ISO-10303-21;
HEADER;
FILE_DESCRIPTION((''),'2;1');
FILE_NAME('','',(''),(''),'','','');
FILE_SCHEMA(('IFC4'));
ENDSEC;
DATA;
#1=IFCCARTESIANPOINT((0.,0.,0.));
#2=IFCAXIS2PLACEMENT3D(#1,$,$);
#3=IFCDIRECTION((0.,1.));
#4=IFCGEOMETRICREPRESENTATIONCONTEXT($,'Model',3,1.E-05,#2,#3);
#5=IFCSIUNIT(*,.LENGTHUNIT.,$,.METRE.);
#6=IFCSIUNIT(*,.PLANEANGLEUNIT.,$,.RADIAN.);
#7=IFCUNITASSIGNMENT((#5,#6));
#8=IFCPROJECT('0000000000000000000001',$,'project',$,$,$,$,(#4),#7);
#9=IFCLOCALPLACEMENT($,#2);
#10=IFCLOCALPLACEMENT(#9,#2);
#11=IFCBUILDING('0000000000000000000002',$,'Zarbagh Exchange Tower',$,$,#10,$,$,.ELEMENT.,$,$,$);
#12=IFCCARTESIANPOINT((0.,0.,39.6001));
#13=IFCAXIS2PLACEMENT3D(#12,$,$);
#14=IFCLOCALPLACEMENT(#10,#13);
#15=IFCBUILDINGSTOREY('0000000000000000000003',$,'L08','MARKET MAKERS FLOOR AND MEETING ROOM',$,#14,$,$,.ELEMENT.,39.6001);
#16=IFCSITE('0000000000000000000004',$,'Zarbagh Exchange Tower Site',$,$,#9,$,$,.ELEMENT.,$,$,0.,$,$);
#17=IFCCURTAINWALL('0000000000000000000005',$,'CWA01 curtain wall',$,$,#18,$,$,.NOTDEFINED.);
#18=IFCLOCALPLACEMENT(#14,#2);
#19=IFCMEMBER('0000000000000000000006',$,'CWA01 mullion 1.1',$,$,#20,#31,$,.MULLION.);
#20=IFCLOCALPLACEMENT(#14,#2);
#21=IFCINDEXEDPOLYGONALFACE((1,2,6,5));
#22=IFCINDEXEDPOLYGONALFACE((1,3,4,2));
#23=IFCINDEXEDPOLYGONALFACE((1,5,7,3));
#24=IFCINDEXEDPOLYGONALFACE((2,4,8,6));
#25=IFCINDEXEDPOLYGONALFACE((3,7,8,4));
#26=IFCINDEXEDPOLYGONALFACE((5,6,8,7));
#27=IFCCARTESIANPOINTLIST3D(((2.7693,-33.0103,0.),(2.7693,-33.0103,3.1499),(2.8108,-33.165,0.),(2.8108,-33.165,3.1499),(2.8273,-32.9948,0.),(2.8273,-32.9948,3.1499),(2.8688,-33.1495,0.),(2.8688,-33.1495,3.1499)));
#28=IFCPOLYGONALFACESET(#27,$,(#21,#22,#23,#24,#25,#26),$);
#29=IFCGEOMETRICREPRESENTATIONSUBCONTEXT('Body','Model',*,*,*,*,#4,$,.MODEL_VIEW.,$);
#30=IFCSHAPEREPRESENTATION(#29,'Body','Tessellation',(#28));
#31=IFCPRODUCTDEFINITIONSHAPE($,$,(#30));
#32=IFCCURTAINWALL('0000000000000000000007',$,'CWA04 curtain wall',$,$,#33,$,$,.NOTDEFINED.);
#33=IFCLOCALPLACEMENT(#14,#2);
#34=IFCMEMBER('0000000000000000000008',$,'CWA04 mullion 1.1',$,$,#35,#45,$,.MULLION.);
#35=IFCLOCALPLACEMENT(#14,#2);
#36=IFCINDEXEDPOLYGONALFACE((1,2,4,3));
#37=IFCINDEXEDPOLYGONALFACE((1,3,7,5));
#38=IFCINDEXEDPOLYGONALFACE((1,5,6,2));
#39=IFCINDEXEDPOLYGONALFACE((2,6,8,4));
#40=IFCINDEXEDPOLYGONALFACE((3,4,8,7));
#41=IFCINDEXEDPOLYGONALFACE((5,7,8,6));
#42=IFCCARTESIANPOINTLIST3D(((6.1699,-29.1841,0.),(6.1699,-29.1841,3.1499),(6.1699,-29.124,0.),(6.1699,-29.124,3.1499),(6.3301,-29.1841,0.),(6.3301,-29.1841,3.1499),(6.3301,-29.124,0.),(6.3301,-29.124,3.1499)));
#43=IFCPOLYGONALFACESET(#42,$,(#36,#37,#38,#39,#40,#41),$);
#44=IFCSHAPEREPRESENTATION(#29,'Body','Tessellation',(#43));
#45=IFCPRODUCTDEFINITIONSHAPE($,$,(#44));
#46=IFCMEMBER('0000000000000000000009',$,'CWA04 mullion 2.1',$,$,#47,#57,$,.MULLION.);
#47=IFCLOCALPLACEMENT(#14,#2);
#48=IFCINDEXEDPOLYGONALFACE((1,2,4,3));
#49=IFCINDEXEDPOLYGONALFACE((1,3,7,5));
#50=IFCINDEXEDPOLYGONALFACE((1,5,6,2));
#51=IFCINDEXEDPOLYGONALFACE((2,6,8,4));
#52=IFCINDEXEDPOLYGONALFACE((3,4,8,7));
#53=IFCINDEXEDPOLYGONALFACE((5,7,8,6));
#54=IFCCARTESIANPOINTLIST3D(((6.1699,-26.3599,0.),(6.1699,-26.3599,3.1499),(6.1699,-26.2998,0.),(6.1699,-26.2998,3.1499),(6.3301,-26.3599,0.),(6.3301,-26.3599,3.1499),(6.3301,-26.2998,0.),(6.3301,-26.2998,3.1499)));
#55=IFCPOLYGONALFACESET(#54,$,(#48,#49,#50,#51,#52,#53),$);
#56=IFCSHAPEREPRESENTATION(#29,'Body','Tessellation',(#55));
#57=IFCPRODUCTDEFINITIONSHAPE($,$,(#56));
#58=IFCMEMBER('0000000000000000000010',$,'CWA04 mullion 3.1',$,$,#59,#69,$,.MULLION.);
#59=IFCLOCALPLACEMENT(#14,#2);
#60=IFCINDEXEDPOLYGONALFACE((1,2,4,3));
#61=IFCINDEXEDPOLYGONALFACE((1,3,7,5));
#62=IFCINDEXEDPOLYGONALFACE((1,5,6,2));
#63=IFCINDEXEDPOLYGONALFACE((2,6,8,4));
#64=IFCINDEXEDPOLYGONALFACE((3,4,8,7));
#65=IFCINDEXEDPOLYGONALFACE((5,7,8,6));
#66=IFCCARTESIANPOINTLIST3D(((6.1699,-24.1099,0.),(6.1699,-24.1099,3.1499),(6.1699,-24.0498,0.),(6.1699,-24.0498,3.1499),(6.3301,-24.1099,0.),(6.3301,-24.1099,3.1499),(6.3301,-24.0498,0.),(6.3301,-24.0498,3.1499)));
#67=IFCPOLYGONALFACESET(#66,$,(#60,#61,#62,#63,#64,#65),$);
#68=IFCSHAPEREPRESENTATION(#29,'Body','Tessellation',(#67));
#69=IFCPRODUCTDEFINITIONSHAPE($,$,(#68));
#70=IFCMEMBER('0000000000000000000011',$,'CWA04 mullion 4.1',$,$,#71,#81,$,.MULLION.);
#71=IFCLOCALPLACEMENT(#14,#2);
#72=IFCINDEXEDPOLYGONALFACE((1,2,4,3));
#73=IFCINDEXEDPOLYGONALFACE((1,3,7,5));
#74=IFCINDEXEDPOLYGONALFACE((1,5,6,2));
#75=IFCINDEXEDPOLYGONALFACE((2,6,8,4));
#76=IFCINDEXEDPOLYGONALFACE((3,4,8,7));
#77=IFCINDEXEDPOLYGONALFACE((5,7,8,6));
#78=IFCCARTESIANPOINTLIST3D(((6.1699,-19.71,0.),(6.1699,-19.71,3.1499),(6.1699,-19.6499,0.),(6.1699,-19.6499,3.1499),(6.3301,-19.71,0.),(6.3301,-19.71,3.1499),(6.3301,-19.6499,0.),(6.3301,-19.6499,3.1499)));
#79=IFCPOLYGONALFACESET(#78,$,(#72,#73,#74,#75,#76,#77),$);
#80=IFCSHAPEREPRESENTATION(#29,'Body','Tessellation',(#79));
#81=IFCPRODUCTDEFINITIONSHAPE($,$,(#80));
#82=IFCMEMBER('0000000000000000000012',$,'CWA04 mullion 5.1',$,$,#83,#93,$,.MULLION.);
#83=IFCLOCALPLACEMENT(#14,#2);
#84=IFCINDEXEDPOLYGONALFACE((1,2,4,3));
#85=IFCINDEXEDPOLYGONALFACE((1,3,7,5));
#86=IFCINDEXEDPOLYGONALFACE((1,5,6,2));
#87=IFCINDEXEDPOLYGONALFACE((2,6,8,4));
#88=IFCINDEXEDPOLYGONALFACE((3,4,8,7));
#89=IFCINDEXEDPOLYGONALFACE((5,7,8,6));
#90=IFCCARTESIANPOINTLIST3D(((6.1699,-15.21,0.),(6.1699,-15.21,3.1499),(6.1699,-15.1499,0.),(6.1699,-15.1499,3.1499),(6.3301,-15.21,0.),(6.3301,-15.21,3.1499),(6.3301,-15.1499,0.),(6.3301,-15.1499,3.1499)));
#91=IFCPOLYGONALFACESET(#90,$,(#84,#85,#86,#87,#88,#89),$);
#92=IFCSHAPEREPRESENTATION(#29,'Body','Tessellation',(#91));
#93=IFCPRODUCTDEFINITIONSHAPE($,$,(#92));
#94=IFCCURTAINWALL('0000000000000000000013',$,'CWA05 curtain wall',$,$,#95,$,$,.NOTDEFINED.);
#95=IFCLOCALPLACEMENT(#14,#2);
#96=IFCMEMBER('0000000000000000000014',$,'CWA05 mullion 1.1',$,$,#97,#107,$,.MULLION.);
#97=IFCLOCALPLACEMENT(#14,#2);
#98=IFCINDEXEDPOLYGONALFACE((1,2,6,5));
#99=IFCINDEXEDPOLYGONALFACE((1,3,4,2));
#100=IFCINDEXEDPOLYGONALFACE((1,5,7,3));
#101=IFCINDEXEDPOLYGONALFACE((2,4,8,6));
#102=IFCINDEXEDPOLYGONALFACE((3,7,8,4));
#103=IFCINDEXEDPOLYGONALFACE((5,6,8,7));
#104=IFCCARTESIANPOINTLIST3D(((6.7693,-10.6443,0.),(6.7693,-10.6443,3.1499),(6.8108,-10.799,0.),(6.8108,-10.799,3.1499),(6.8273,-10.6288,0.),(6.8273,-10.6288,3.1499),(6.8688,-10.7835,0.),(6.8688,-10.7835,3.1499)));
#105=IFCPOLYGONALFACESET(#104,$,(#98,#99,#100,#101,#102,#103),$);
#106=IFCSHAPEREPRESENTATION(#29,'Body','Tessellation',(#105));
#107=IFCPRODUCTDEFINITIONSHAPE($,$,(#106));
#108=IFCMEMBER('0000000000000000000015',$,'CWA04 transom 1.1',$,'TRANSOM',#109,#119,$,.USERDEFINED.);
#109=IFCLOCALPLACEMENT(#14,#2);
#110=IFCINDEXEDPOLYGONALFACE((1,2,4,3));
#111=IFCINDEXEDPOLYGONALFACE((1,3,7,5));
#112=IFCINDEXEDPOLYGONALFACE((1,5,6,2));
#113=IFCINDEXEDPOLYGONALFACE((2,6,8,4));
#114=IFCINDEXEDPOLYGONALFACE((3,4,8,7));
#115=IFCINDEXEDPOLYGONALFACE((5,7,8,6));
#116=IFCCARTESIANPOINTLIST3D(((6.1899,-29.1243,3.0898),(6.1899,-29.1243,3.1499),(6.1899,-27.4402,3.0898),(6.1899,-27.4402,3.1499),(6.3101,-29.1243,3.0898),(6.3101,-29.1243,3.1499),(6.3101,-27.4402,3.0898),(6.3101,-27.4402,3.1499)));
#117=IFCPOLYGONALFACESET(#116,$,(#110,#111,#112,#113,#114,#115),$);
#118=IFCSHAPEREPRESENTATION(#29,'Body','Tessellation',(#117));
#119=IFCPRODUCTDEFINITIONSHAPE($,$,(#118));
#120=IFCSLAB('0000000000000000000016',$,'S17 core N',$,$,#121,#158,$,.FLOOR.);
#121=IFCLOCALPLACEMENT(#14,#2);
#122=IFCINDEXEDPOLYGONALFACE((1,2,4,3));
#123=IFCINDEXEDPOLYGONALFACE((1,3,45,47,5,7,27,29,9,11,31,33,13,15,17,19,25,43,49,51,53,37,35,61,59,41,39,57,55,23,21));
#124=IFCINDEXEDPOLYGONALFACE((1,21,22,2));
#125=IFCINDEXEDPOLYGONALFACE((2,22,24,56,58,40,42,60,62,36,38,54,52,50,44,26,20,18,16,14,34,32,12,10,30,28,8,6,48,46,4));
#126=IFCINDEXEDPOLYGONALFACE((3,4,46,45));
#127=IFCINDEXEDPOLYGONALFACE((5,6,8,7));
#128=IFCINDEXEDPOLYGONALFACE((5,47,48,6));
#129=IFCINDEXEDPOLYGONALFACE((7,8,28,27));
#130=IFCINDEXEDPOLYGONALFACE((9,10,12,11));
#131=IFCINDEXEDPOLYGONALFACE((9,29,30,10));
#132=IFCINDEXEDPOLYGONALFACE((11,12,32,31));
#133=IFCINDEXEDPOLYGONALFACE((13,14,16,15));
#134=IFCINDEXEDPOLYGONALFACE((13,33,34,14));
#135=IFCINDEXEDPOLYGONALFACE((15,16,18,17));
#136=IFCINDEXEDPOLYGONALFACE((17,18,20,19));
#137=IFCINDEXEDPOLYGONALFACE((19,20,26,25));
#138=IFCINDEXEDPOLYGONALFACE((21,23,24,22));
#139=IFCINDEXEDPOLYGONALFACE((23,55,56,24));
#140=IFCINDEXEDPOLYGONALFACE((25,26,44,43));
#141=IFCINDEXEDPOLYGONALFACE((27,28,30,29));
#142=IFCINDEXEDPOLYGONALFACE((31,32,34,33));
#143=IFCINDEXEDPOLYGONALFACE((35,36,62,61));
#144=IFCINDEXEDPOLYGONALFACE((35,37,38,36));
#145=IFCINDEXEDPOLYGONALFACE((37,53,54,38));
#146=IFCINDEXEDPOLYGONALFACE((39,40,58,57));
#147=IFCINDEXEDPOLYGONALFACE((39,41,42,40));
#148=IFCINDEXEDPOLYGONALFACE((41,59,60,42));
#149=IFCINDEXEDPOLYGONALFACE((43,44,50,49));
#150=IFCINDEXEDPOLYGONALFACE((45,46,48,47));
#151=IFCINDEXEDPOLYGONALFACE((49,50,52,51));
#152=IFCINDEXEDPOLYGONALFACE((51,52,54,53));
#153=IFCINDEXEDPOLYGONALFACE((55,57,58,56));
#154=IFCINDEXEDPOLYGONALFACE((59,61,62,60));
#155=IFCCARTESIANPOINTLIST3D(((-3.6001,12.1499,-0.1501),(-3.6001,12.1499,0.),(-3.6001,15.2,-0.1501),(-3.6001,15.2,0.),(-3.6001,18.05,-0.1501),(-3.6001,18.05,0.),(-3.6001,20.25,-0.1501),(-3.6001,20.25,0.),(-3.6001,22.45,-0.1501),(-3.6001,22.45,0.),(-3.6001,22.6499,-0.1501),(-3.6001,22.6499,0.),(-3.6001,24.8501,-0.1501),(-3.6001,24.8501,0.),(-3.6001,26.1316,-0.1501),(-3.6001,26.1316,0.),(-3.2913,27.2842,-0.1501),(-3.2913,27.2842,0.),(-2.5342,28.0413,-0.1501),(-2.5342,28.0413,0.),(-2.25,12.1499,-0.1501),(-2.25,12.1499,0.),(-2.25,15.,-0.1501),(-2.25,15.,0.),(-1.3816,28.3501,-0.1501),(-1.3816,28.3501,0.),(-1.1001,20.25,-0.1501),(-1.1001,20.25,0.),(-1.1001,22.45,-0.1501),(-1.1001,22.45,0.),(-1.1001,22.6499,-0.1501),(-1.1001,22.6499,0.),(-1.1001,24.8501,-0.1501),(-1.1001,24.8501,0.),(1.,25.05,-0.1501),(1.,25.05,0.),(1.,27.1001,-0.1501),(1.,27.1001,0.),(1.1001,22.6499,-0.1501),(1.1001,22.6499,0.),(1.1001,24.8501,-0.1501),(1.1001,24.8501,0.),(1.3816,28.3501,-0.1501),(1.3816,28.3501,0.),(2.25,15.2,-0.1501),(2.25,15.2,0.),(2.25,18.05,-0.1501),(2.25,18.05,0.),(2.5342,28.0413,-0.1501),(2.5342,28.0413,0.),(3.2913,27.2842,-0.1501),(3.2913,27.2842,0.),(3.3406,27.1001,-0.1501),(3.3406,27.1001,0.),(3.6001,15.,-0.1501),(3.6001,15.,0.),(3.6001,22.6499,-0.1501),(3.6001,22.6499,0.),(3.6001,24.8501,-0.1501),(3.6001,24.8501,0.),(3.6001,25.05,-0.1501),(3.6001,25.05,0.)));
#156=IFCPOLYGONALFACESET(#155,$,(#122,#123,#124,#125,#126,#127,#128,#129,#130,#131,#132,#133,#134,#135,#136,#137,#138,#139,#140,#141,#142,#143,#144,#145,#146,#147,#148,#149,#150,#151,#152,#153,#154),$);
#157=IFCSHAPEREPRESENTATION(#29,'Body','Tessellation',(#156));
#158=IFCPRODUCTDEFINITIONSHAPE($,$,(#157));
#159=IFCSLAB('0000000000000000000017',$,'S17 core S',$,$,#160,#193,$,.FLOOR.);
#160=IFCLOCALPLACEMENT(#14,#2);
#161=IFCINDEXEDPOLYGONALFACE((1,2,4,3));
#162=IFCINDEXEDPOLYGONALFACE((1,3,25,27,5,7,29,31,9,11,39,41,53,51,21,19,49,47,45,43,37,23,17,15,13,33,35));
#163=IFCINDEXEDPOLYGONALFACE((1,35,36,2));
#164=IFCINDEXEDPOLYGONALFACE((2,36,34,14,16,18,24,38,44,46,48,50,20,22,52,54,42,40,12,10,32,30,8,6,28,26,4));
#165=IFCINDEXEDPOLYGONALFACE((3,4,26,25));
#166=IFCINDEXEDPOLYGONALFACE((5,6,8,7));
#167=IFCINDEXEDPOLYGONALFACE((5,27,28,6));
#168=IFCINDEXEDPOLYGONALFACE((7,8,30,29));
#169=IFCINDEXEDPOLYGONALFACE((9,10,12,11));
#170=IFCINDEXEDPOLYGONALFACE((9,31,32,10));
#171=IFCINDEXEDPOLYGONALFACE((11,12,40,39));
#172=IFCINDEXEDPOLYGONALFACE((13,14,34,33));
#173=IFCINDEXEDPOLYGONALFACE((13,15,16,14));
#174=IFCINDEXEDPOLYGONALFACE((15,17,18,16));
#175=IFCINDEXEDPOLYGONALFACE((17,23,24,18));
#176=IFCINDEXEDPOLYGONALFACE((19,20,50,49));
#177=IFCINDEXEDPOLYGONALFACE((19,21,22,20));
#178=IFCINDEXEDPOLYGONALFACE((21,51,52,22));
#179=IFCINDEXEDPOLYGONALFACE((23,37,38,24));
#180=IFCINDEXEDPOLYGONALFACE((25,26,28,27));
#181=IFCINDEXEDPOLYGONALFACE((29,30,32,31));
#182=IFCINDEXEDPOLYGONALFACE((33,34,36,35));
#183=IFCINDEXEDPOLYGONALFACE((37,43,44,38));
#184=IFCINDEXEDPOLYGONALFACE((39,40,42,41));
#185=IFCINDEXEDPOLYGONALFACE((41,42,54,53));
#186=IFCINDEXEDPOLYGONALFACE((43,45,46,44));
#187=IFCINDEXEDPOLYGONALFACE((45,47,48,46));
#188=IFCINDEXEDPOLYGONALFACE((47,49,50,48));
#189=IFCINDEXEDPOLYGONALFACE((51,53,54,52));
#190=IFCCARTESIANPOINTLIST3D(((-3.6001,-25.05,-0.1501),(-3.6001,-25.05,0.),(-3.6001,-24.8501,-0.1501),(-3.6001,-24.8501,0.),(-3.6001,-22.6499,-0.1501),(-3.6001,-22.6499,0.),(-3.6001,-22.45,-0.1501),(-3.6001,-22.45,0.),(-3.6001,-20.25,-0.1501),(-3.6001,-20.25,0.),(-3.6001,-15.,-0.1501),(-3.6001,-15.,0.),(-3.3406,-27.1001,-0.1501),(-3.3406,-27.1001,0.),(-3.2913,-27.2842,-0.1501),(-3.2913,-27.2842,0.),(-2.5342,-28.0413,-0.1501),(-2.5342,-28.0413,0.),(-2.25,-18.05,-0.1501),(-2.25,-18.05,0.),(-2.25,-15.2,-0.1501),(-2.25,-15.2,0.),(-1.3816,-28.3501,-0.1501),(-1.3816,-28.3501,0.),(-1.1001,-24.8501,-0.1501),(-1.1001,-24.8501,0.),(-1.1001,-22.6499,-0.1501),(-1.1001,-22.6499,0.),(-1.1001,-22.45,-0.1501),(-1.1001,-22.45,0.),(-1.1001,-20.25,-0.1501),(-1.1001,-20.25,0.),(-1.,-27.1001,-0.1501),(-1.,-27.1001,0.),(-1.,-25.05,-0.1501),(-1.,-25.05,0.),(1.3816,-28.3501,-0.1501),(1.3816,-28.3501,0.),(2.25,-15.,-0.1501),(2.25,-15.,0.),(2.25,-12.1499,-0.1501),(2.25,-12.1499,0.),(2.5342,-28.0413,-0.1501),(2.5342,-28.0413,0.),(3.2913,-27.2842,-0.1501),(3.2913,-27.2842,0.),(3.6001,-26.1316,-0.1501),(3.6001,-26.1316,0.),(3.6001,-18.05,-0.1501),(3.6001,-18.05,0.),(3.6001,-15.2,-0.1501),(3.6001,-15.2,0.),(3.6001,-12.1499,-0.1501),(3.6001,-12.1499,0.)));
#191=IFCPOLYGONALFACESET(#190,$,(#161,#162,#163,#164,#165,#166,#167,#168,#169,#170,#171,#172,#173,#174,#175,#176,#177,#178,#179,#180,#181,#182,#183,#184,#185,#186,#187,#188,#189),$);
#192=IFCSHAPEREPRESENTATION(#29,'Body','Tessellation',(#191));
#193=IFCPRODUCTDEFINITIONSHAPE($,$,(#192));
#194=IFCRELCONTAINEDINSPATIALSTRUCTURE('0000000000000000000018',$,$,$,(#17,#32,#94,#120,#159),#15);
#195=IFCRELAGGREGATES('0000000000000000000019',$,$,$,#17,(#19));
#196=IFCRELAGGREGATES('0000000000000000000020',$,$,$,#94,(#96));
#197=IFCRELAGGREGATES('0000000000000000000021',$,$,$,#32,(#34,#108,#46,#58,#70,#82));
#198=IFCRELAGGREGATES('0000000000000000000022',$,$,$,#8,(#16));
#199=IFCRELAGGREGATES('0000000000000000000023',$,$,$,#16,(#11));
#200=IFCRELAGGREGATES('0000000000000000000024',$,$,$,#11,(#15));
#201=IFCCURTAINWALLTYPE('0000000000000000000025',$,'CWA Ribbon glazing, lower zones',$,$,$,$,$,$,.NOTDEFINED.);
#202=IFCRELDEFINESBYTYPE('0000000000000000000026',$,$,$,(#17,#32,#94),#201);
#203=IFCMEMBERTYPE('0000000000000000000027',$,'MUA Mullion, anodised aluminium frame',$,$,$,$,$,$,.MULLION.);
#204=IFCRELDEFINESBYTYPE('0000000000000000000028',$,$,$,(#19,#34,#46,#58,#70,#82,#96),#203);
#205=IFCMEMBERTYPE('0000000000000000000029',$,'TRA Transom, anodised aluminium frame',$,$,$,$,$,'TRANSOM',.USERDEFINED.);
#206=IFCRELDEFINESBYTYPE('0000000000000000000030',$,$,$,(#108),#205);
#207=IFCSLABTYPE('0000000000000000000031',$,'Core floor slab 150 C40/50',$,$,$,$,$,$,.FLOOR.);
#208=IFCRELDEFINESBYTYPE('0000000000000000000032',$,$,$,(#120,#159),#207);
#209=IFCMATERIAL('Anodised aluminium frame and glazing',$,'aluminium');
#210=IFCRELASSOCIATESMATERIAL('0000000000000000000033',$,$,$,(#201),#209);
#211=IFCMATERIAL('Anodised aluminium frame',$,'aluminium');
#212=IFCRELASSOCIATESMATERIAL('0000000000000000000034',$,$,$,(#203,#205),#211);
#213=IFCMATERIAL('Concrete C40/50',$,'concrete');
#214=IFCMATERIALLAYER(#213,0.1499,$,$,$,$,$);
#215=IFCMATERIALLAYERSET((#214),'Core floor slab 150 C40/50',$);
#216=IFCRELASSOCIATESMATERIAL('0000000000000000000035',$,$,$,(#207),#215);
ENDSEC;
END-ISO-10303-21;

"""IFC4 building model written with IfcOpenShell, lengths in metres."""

from ifc_helpers import new_model, si_unit, direction, frame, origin, place, context, subcontext, project, spatial, polyline, outline, extrude, source, transform, mapped, material, layer, layer_set, type_object, element, aggregate, save


model = new_model("IFC4")

# Units and contexts
model_context = context("Model", 3, precision=1e-05, world=origin(), true_north=direction((0.0, 1.0)))
body_context = subcontext(model_context, "Body", "Model", "MODEL_VIEW")
ifc_project = project(units=[si_unit("LENGTHUNIT", "METRE"), si_unit("PLANEANGLEUNIT", "RADIAN")], contexts=[model_context])

# Site, building, storey
site_placement = place(None, origin())
site = spatial("IfcSite", under=ifc_project, at=site_placement, Name="Zarbagh Exchange Tower Site", CompositionType="ELEMENT", RefElevation=0.0)
building_placement = place(site_placement, origin())
building = spatial("IfcBuilding", under=site, at=building_placement, Name="Zarbagh Exchange Tower", CompositionType="ELEMENT")
storey_placement = place(building_placement, frame((0.0, 0.0, 39.6001)))
storey = spatial("IfcBuildingStorey", under=building, at=storey_placement, Name="L08", Description="MARKET MAKERS FLOOR AND MEETING ROOM", CompositionType="ELEMENT", Elevation=39.6001)

# Curtain wall, member
ifc_material_1 = material(Name="Anodised aluminium frame and glazing", Category="aluminium")
curtain_wall_type = type_object("IfcCurtainWallType", Name="CWA Ribbon glazing, lower zones", PredefinedType="NOTDEFINED", material=ifc_material_1)
curtain_wall_1_placement = place(storey_placement, origin())
curtain_wall_1 = element("IfcCurtainWall", 1, at=curtain_wall_1_placement, inside=storey, type_object=curtain_wall_type, Name="CWA01 curtain wall", PredefinedType="NOTDEFINED")
ifc_material_2 = material(Name="Anodised aluminium frame", Category="aluminium")
member_type_1 = type_object("IfcMemberType", Name="MUA Mullion, anodised aluminium frame", PredefinedType="MULLION", material=ifc_material_2)
shared_shape_1 = source(origin(), body_context, "Body", "SweptSolid", [
    extrude(outline(polyline([(0.0, -0.0801), (0.0601, -0.0801), (0.0601, 0.0801), (0.0, 0.0801), (0.0, -0.0801)])), origin(), (0.0, 0.0, 1.0), 3.1499),
])
placement = place(storey_placement, origin())
member_1 = element("IfcMember", 2, at=placement, type_object=member_type_1, Name="CWA01 mullion 1.1", PredefinedType="MULLION", context=body_context, shape_type="MappedRepresentation", body=[
    mapped(shared_shape_1, transform((2.79, -33.0876, 0.0), x_axis=(0.965924, 0.258825, 0.0), y_axis=(-0.258825, 0.965924, 0.0), z_axis=(0.0, 0.0, 1.0))),
])

# Curtain wall, members
curtain_wall_2_placement = place(storey_placement, origin())
curtain_wall_2 = element("IfcCurtainWall", 3, at=curtain_wall_2_placement, inside=storey, type_object=curtain_wall_type, Name="CWA04 curtain wall", PredefinedType="NOTDEFINED")
member_2 = element("IfcMember", 4, at=placement, type_object=member_type_1, Name="CWA04 mullion 1.1", PredefinedType="MULLION", context=body_context, shape_type="MappedRepresentation", body=[
    mapped(shared_shape_1, transform((6.25, -29.1841, 0.0), x_axis=(0.0, 1.0, 0.0), y_axis=(-1.0, 0.0, 0.0), z_axis=(0.0, 0.0, 1.0))),
])
member_3 = element("IfcMember", 5, at=placement, type_object=member_type_1, Name="CWA04 mullion 2.1", PredefinedType="MULLION", context=body_context, shape_type="MappedRepresentation", body=[
    mapped(shared_shape_1, transform((6.25, -26.3599, 0.0), x_axis=(0.0, 1.0, 0.0), y_axis=(-1.0, 0.0, 0.0), z_axis=(0.0, 0.0, 1.0))),
])
member_4 = element("IfcMember", 6, at=placement, type_object=member_type_1, Name="CWA04 mullion 3.1", PredefinedType="MULLION", context=body_context, shape_type="MappedRepresentation", body=[
    mapped(shared_shape_1, transform((6.25, -24.1099, 0.0), x_axis=(0.0, 1.0, 0.0), y_axis=(-1.0, 0.0, 0.0), z_axis=(0.0, 0.0, 1.0))),
])
member_5 = element("IfcMember", 7, at=placement, type_object=member_type_1, Name="CWA04 mullion 4.1", PredefinedType="MULLION", context=body_context, shape_type="MappedRepresentation", body=[
    mapped(shared_shape_1, transform((6.25, -19.71, 0.0), x_axis=(0.0, 1.0, 0.0), y_axis=(-1.0, 0.0, 0.0), z_axis=(0.0, 0.0, 1.0))),
])
member_6 = element("IfcMember", 8, at=placement, type_object=member_type_1, Name="CWA04 mullion 5.1", PredefinedType="MULLION", context=body_context, shape_type="MappedRepresentation", body=[
    mapped(shared_shape_1, transform((6.25, -15.21, 0.0), x_axis=(0.0, 1.0, 0.0), y_axis=(-1.0, 0.0, 0.0), z_axis=(0.0, 0.0, 1.0))),
])

# Curtain wall, member
curtain_wall_3_placement = place(storey_placement, origin())
curtain_wall_3 = element("IfcCurtainWall", 9, at=curtain_wall_3_placement, inside=storey, type_object=curtain_wall_type, Name="CWA05 curtain wall", PredefinedType="NOTDEFINED")
member_7 = element("IfcMember", 10, at=placement, type_object=member_type_1, Name="CWA05 mullion 1.1", PredefinedType="MULLION", context=body_context, shape_type="MappedRepresentation", body=[
    mapped(shared_shape_1, transform((6.79, -10.7217, 0.0), x_axis=(0.965924, 0.258825, 0.0), y_axis=(-0.258825, 0.965924, 0.0), z_axis=(0.0, 0.0, 1.0))),
])

# Member
member_type_2 = type_object("IfcMemberType", Name="TRA Transom, anodised aluminium frame", ElementType="TRANSOM", PredefinedType="USERDEFINED", material=ifc_material_2)
shared_shape_2 = source(origin(), body_context, "Body", "SweptSolid", [
    extrude(outline(polyline([(-0.0601, -0.0601), (0.0, -0.0601), (0.0, 0.0601), (-0.0601, 0.0601), (-0.0601, -0.0601)])), origin(), (0.0, 0.0, 1.0), 1.6841),
])
member_8 = element("IfcMember", 11, at=placement, type_object=member_type_2, Name="CWA04 transom 1.1", ObjectType="TRANSOM", PredefinedType="USERDEFINED", context=body_context, shape_type="MappedRepresentation", body=[
    mapped(shared_shape_2, transform((6.25, -29.1243, 3.1499), x_axis=(0.0, 0.0, 1.0), y_axis=(1.0, 0.0, 0.0), z_axis=(0.0, 1.0, 0.0))),
])

# Slabs
ifc_material_3 = material(Name="Concrete C40/50", Category="concrete")
ifc_layer_1 = layer(ifc_material_3, 0.1499)
ifc_layer_set_1 = layer_set([ifc_layer_1], Name="Core floor slab 150 C40/50")
slab_type = type_object("IfcSlabType", Name="Core floor slab 150 C40/50", PredefinedType="FLOOR", material=ifc_layer_set_1)
slab_1_placement = place(storey_placement, frame((0.0, 0.0, -0.1501)))
element("IfcSlab", 12, at=slab_1_placement, inside=storey, type_object=slab_type, Name="S17 core N", PredefinedType="FLOOR", context=body_context, shape_type="SweptSolid", body=[
    extrude(outline(polyline([(-3.6001, 12.1499), (-3.6001, 15.2), (2.25, 15.2), (2.25, 18.05), (-3.6001, 18.05), (-3.6001, 20.25), (-1.1001, 20.25), (-1.1001, 22.45), (-3.6001, 22.45), (-3.6001, 22.6499), (-1.1001, 22.6499), (-1.1001, 24.8501), (-3.6001, 24.8501), (-3.6001, 26.1316), (-3.2913, 27.2842), (-2.5342, 28.0413), (-1.3816, 28.3501), (1.3816, 28.3501), (2.5342, 28.0413), (3.2913, 27.2842), (3.3406, 27.1001), (1.0, 27.1001), (1.0, 25.05), (3.6001, 25.05), (3.6001, 24.8501), (1.1001, 24.8501), (1.1001, 22.6499), (3.6001, 22.6499), (3.6001, 15.0), (-2.25, 15.0), (-2.25, 12.1499), (-3.6001, 12.1499)])), origin(), (0.0, 0.0, 1.0), 0.1501),
])
slab_2_placement = place(storey_placement, frame((0.0, 0.0, -0.1501)))
element("IfcSlab", 13, at=slab_2_placement, inside=storey, type_object=slab_type, Name="S17 core S", PredefinedType="FLOOR", context=body_context, shape_type="SweptSolid", body=[
    extrude(outline(polyline([(-2.5342, -28.0413), (-3.2913, -27.2842), (-3.3406, -27.1001), (-1.0, -27.1001), (-1.0, -25.05), (-3.6001, -25.05), (-3.6001, -24.8501), (-1.1001, -24.8501), (-1.1001, -22.6499), (-3.6001, -22.6499), (-3.6001, -22.45), (-1.1001, -22.45), (-1.1001, -20.25), (-3.6001, -20.25), (-3.6001, -15.0), (2.25, -15.0), (2.25, -12.1499), (3.6001, -12.1499), (3.6001, -15.2), (-2.25, -15.2), (-2.25, -18.05), (3.6001, -18.05), (3.6001, -26.1316), (3.2913, -27.2842), (2.5342, -28.0413), (1.3816, -28.3501), (-1.3816, -28.3501), (-2.5342, -28.0413)])), origin(), (0.0, 0.0, 1.0), 0.1501),
])

aggregate(curtain_wall_1, [member_1])

aggregate(curtain_wall_3, [member_7])
aggregate(curtain_wall_2, [member_2, member_8, member_3, member_4, member_5, member_6])

save(model, "model.ifc")
